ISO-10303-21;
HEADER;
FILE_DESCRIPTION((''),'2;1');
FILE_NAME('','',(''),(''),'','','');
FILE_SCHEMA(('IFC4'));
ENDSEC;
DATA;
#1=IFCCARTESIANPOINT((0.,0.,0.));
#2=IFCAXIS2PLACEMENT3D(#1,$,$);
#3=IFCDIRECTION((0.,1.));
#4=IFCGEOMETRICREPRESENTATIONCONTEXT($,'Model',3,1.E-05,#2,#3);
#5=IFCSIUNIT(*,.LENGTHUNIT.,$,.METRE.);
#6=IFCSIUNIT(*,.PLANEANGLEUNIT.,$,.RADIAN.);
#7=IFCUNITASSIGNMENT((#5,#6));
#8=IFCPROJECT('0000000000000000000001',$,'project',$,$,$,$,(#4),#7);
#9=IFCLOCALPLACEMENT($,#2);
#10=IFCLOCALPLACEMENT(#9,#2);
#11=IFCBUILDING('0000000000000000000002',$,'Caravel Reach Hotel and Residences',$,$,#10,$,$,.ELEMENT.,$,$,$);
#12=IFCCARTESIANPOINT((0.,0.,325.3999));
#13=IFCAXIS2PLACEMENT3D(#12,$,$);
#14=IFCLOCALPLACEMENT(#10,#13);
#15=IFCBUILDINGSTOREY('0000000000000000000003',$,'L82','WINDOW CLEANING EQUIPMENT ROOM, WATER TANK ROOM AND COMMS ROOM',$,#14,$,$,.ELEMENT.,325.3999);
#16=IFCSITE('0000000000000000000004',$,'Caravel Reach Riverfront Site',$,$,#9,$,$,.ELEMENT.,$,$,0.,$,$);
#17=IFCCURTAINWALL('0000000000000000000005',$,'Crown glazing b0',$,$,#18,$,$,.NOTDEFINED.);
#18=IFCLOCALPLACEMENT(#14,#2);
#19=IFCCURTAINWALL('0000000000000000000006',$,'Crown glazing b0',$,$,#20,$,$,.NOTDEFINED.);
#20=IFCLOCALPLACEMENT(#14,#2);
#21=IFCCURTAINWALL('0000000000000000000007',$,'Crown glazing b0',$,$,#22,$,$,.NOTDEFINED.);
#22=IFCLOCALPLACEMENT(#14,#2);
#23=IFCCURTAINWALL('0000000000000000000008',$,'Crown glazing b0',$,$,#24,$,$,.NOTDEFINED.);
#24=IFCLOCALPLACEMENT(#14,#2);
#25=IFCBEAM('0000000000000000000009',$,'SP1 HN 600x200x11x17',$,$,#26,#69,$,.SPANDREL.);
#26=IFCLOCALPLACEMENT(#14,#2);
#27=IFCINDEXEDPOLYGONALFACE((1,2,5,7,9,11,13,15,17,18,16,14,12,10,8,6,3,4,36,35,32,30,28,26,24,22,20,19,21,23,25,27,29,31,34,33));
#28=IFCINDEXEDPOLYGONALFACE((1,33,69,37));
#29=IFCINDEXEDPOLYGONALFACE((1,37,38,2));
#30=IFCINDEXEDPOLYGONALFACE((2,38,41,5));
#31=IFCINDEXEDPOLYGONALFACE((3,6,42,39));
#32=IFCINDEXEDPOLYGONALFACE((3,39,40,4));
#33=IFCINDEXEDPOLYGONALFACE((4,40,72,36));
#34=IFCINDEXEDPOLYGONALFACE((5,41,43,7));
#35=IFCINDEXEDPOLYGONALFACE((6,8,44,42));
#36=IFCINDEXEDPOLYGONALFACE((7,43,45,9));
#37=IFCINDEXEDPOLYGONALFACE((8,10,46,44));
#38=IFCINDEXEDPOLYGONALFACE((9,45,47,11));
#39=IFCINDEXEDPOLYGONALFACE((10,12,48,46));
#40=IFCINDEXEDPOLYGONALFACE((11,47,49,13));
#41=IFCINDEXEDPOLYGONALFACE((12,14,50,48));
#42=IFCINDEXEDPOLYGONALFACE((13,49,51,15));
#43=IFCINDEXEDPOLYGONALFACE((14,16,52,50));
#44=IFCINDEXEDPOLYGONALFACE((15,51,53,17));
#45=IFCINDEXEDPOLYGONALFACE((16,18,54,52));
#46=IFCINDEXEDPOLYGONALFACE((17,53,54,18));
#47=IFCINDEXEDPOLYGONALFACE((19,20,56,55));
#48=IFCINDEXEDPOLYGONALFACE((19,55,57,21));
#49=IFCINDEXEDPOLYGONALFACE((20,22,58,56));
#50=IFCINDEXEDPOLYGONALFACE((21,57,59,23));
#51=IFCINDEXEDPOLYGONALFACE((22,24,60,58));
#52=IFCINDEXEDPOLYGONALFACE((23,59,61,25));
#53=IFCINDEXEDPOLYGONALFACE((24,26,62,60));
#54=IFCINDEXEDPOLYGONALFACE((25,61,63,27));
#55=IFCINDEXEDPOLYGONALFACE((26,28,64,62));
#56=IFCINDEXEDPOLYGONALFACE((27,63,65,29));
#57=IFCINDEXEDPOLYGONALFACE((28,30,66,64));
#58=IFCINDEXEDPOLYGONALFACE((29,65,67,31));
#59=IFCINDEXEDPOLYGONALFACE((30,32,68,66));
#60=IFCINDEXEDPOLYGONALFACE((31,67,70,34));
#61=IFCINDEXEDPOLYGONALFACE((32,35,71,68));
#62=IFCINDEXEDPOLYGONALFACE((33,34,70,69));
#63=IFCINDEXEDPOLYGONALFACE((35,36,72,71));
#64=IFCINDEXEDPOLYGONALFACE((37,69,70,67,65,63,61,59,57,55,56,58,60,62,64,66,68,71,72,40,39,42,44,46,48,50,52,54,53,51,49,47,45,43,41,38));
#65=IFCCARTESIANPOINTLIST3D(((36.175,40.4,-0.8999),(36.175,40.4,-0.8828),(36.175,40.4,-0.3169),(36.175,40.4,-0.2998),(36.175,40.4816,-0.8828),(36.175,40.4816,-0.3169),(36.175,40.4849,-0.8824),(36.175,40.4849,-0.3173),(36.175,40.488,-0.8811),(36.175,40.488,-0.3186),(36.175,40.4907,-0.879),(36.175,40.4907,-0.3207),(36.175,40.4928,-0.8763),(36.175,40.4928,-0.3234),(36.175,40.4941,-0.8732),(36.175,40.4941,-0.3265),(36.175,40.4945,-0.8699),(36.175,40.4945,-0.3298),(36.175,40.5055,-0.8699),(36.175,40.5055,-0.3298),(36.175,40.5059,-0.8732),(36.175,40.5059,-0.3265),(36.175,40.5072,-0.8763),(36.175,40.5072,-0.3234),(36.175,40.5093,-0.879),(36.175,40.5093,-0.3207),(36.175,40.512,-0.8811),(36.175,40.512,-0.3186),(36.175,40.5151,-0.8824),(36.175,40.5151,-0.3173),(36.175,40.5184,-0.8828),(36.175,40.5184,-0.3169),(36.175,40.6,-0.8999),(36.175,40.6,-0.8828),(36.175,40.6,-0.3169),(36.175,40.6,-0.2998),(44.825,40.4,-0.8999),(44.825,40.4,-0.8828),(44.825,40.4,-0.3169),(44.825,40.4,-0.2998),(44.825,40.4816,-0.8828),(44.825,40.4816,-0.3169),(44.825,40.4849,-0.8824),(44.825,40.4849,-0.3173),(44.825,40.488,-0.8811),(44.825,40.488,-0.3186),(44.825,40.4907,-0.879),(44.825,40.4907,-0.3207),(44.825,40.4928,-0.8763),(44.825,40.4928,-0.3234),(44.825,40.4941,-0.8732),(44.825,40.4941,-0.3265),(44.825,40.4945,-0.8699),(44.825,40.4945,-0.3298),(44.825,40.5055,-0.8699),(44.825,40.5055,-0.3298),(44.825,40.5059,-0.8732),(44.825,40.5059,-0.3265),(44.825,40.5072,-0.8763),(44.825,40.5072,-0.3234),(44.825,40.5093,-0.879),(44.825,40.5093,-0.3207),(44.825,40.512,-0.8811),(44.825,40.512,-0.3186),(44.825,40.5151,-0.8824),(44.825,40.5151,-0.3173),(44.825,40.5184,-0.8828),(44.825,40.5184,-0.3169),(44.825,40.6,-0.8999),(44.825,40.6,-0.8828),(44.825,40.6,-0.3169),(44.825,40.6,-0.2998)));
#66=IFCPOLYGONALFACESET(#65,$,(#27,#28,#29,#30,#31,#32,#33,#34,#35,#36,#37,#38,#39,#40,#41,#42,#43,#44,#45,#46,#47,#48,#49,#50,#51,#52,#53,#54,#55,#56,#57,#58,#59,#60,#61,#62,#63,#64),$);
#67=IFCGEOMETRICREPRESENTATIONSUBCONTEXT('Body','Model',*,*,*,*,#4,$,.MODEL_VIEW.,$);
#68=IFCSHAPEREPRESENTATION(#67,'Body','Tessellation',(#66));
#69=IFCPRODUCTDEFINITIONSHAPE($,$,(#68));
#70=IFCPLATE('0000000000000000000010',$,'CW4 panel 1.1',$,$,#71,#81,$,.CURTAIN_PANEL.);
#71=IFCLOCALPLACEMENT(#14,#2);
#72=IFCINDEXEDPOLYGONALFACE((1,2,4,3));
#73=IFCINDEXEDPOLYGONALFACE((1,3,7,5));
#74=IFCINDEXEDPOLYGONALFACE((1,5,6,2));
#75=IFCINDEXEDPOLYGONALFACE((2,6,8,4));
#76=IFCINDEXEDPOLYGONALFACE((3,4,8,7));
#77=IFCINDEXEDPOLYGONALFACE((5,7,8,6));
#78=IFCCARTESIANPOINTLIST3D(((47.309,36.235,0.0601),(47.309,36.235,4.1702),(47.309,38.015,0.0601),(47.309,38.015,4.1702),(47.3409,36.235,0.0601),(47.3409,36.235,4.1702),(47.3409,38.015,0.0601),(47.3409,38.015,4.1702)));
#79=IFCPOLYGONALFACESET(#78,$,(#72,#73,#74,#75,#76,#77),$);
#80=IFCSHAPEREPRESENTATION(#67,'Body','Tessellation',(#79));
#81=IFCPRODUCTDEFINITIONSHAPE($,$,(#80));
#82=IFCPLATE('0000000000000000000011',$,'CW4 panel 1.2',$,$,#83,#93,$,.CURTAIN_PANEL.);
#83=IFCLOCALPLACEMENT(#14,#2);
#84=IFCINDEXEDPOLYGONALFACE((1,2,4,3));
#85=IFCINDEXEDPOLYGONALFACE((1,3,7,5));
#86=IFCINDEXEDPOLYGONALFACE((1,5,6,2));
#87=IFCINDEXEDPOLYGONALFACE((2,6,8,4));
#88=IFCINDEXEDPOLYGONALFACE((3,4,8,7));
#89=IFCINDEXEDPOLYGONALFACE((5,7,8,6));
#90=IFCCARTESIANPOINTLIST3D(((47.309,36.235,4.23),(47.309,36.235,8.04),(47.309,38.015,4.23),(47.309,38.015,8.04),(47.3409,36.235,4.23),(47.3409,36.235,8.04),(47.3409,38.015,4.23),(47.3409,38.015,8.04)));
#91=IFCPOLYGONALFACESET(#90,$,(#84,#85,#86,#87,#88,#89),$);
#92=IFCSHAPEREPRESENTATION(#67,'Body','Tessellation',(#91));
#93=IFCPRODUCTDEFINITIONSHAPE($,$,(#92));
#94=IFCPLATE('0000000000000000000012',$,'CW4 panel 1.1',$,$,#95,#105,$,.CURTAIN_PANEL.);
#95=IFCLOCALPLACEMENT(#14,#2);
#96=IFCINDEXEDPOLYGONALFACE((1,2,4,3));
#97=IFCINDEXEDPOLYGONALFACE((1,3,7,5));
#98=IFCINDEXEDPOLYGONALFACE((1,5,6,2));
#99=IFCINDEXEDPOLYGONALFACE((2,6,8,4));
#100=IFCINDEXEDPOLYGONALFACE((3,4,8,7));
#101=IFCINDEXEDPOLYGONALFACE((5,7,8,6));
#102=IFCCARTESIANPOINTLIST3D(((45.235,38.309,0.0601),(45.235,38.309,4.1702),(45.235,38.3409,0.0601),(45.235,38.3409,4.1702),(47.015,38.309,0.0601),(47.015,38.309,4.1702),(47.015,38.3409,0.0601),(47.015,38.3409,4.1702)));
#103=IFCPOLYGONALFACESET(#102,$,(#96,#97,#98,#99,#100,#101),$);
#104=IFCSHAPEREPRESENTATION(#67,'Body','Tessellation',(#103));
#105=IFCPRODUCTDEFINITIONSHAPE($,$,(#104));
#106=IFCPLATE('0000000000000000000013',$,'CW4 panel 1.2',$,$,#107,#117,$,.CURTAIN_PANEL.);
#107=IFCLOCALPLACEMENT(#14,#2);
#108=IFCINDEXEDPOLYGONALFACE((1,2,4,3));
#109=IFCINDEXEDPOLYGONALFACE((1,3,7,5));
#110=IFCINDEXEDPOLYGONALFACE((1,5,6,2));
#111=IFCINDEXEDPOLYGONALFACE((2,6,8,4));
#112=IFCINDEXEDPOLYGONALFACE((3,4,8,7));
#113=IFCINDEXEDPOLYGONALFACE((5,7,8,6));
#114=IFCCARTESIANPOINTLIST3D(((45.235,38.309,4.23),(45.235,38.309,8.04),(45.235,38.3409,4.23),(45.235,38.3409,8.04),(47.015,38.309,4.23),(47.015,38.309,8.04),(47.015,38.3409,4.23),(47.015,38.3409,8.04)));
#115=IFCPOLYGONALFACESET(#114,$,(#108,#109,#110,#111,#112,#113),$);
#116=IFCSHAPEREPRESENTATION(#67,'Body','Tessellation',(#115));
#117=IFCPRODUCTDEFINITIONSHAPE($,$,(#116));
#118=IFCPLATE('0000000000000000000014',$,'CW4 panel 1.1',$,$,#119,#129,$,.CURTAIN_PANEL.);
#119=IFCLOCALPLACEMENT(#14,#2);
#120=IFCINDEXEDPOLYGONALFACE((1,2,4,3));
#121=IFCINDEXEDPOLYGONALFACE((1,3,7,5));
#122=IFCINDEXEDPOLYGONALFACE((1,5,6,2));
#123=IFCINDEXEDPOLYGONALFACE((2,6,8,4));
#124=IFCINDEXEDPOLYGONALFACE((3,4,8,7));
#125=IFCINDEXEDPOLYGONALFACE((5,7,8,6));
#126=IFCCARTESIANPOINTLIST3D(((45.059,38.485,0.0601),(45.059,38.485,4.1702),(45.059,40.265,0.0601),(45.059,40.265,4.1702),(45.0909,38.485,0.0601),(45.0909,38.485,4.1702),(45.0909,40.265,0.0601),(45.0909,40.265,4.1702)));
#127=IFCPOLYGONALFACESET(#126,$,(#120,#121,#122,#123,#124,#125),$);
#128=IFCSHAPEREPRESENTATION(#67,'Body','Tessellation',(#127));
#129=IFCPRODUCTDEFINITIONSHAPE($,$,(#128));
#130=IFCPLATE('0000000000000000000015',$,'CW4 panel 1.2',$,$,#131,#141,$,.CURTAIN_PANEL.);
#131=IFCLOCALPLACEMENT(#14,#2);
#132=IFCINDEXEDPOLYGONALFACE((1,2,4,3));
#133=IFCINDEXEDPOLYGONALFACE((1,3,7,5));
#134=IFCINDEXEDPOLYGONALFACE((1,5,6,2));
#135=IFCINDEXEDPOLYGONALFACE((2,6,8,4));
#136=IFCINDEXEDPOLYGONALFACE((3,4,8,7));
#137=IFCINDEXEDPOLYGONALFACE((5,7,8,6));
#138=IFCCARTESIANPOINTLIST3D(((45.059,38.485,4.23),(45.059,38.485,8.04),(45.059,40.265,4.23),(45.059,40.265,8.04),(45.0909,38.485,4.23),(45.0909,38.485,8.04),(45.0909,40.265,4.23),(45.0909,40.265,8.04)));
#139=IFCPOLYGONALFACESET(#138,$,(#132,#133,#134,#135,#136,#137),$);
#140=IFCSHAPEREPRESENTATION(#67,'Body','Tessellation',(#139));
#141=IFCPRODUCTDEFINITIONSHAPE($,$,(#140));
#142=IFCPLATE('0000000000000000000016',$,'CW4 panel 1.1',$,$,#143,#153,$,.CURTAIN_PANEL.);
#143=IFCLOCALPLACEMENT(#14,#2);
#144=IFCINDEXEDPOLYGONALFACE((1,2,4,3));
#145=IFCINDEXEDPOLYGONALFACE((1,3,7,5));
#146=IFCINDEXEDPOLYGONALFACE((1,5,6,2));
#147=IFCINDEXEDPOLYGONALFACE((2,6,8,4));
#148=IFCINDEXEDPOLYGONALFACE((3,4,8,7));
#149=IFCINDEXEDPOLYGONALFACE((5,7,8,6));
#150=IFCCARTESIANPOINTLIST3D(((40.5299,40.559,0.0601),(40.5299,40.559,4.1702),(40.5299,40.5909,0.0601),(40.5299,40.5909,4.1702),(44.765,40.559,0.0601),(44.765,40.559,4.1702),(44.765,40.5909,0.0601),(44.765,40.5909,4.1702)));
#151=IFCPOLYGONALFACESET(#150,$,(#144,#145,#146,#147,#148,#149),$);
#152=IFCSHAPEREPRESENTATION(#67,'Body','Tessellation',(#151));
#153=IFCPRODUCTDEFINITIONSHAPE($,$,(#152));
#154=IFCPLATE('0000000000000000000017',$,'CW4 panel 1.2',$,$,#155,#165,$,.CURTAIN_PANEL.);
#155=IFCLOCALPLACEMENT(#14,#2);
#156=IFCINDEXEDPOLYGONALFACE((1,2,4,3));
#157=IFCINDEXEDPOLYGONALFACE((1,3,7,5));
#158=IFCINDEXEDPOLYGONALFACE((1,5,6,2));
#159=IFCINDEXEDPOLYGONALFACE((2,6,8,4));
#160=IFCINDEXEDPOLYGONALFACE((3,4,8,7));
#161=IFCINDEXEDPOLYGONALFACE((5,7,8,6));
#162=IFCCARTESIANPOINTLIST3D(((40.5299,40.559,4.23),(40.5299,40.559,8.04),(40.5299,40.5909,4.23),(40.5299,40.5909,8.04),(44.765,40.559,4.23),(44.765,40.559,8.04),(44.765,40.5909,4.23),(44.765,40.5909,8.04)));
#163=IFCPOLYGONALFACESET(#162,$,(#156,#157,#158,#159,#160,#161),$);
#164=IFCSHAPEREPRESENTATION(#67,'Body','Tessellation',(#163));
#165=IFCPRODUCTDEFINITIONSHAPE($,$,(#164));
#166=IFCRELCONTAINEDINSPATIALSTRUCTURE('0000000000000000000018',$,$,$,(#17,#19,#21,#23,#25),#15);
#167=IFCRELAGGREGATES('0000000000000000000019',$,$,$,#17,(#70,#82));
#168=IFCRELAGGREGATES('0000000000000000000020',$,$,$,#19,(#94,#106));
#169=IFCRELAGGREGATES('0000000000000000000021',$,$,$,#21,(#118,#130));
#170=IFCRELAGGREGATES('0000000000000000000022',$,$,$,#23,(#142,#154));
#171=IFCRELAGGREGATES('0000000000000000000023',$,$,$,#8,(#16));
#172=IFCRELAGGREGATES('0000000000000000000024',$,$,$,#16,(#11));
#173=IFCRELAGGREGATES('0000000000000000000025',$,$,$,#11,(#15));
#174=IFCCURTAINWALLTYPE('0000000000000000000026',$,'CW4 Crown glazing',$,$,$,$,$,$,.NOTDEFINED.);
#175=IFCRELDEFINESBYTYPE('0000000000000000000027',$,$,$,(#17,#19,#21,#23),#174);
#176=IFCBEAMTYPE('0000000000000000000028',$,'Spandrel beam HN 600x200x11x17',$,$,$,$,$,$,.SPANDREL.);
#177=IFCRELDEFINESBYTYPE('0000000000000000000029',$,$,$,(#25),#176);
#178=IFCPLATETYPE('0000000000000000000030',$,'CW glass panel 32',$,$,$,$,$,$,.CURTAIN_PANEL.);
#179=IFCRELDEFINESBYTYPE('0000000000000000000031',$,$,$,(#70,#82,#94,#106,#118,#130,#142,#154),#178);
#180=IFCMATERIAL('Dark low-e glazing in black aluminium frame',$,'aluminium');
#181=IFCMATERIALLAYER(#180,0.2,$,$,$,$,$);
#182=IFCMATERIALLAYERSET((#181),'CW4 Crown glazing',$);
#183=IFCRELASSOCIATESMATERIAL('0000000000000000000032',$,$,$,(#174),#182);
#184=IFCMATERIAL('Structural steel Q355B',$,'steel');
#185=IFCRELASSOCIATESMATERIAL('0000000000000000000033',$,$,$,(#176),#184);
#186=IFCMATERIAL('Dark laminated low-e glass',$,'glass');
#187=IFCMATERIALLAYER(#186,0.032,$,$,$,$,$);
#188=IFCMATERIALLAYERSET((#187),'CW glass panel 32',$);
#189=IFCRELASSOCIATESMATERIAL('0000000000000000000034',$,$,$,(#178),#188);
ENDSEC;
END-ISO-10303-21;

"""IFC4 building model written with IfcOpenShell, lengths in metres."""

from ifc_helpers import new_model, si_unit, direction, frame, origin, origin_2d, place, context, subcontext, project, spatial, rectangle, i_section, extrude, material, layer, layer_set, material_profile, profile_set, type_object, element, aggregate, save


model = new_model("IFC4")

# Units and contexts
model_context = context("Model", 3, precision=1e-05, world=origin(), true_north=direction((0.0, 1.0)))
body_context = subcontext(model_context, "Body", "Model", "MODEL_VIEW")
ifc_project = project(units=[si_unit("LENGTHUNIT", "METRE"), si_unit("PLANEANGLEUNIT", "RADIAN")], contexts=[model_context])

# Site, building, storey
site_placement = place(None, origin())
site = spatial("IfcSite", under=ifc_project, at=site_placement, Name="Caravel Reach Riverfront Site", CompositionType="ELEMENT", RefElevation=0.0)
building_placement = place(site_placement, origin())
building = spatial("IfcBuilding", under=site, at=building_placement, Name="Caravel Reach Hotel and Residences", CompositionType="ELEMENT")
storey_placement = place(building_placement, frame((0.0, 0.0, 325.3999)))
storey = spatial("IfcBuildingStorey", under=building, at=storey_placement, Name="L82", Description="WINDOW CLEANING EQUIPMENT ROOM, WATER TANK ROOM AND COMMS ROOM", CompositionType="ELEMENT", Elevation=325.3999)

# Shared definitions
ifc_material_1 = material(Name="Dark low-e glazing in black aluminium frame", Category="aluminium")
ifc_layer_1 = layer(ifc_material_1, 0.2)
ifc_layer_set_1 = layer_set([ifc_layer_1], Name="CW4 Crown glazing")
curtain_wall_type = type_object("IfcCurtainWallType", Name="CW4 Crown glazing", PredefinedType="NOTDEFINED", material=ifc_layer_set_1)

# Curtain walls
curtain_wall_1_placement = place(storey_placement, origin())
curtain_wall_1 = element("IfcCurtainWall", 1, at=curtain_wall_1_placement, inside=storey, type_object=curtain_wall_type, Name="Crown glazing b0", PredefinedType="NOTDEFINED")
curtain_wall_2_placement = place(storey_placement, origin())
curtain_wall_2 = element("IfcCurtainWall", 2, at=curtain_wall_2_placement, inside=storey, type_object=curtain_wall_type, Name="Crown glazing b0", PredefinedType="NOTDEFINED")
curtain_wall_3_placement = place(storey_placement, origin())
curtain_wall_3 = element("IfcCurtainWall", 3, at=curtain_wall_3_placement, inside=storey, type_object=curtain_wall_type, Name="Crown glazing b0", PredefinedType="NOTDEFINED")

# Curtain wall
curtain_wall_4_placement = place(storey_placement, origin())
curtain_wall_4 = element("IfcCurtainWall", 4, at=curtain_wall_4_placement, inside=storey, type_object=curtain_wall_type, Name="Crown glazing b0", PredefinedType="NOTDEFINED")

# Beam
ifc_material_2 = material(Name="Structural steel Q355B", Category="steel")
ifc_material_profile_1 = material_profile(ifc_material_2, i_section(OverallWidth=0.2, OverallDepth=0.6001, WebThickness=0.011, FlangeThickness=0.0171, FilletRadius=0.0129, at=origin_2d()), Name="HN 600x200x11x17")
ifc_profile_set_1 = profile_set([ifc_material_profile_1], Name="Structural steel Q355B")
beam_type = type_object("IfcBeamType", Name="Spandrel beam HN 600x200x11x17", PredefinedType="SPANDREL", material=ifc_profile_set_1)
beam_placement = place(storey_placement, frame((44.825, 40.5, -0.5999), z_axis=(-1.0, 0.0, 0.0), x_axis=(0.0, -1.0, 0.0)))
element("IfcBeam", 5, at=beam_placement, inside=storey, type_object=beam_type, Name="SP1 HN 600x200x11x17", PredefinedType="SPANDREL", context=body_context, shape_type="SweptSolid", body=[
    extrude(i_section(OverallWidth=0.2, OverallDepth=0.6001, WebThickness=0.011, FlangeThickness=0.0171, FilletRadius=0.0129, at=origin_2d()), origin(), (0.0, 0.0, 1.0), 8.6499),
])

# Plates
ifc_material_3 = material(Name="Dark laminated low-e glass", Category="glass")
ifc_layer_2 = layer(ifc_material_3, 0.032)
ifc_layer_set_2 = layer_set([ifc_layer_2], Name="CW glass panel 32")
plate_type = type_object("IfcPlateType", Name="CW glass panel 32", PredefinedType="CURTAIN_PANEL", material=ifc_layer_set_2)
plate_1_placement = place(storey_placement, frame((47.325, 37.125, 0.0601), z_axis=(0.0, 0.0, 1.0), x_axis=(0.0, 1.0, 0.0)))
plate_1 = element("IfcPlate", 6, at=plate_1_placement, type_object=plate_type, Name="CW4 panel 1.1", PredefinedType="CURTAIN_PANEL", context=body_context, shape_type="SweptSolid", body=[
    extrude(rectangle(XDim=1.78, YDim=0.032, at=origin_2d()), origin(), (0.0, 0.0, 1.0), 4.1101),
])
plate_2_placement = place(storey_placement, frame((47.325, 37.125, 4.23), z_axis=(0.0, 0.0, 1.0), x_axis=(0.0, 1.0, 0.0)))
plate_2 = element("IfcPlate", 7, at=plate_2_placement, type_object=plate_type, Name="CW4 panel 1.2", PredefinedType="CURTAIN_PANEL", context=body_context, shape_type="SweptSolid", body=[
    extrude(rectangle(XDim=1.78, YDim=0.032, at=origin_2d()), origin(), (0.0, 0.0, 1.0), 3.8101),
])
aggregate(curtain_wall_1, [plate_1, plate_2])
plate_3_placement = place(storey_placement, frame((46.125, 38.325, 0.0601), z_axis=(0.0, 0.0, 1.0), x_axis=(-1.0, 0.0, 0.0)))
plate_3 = element("IfcPlate", 8, at=plate_3_placement, type_object=plate_type, Name="CW4 panel 1.1", PredefinedType="CURTAIN_PANEL", context=body_context, shape_type="SweptSolid", body=[
    extrude(rectangle(XDim=1.78, YDim=0.032, at=origin_2d()), origin(), (0.0, 0.0, 1.0), 4.1101),
])
plate_4_placement = place(storey_placement, frame((46.125, 38.325, 4.23), z_axis=(0.0, 0.0, 1.0), x_axis=(-1.0, 0.0, 0.0)))
plate_4 = element("IfcPlate", 9, at=plate_4_placement, type_object=plate_type, Name="CW4 panel 1.2", PredefinedType="CURTAIN_PANEL", context=body_context, shape_type="SweptSolid", body=[
    extrude(rectangle(XDim=1.78, YDim=0.032, at=origin_2d()), origin(), (0.0, 0.0, 1.0), 3.8101),
])
aggregate(curtain_wall_2, [plate_3, plate_4])
plate_5_placement = place(storey_placement, frame((45.075, 39.375, 0.0601), z_axis=(0.0, 0.0, 1.0), x_axis=(0.0, 1.0, 0.0)))
plate_5 = element("IfcPlate", 10, at=plate_5_placement, type_object=plate_type, Name="CW4 panel 1.1", PredefinedType="CURTAIN_PANEL", context=body_context, shape_type="SweptSolid", body=[
    extrude(rectangle(XDim=1.78, YDim=0.032, at=origin_2d()), origin(), (0.0, 0.0, 1.0), 4.1101),
])
plate_6_placement = place(storey_placement, frame((45.075, 39.375, 4.23), z_axis=(0.0, 0.0, 1.0), x_axis=(0.0, 1.0, 0.0)))
plate_6 = element("IfcPlate", 11, at=plate_6_placement, type_object=plate_type, Name="CW4 panel 1.2", PredefinedType="CURTAIN_PANEL", context=body_context, shape_type="SweptSolid", body=[
    extrude(rectangle(XDim=1.78, YDim=0.032, at=origin_2d()), origin(), (0.0, 0.0, 1.0), 3.8101),
])
aggregate(curtain_wall_3, [plate_5, plate_6])
plate_7_placement = place(storey_placement, frame((42.6475, 40.575, 0.0601), z_axis=(0.0, 0.0, 1.0), x_axis=(-1.0, 0.0, 0.0)))
plate_7 = element("IfcPlate", 12, at=plate_7_placement, type_object=plate_type, Name="CW4 panel 1.1", PredefinedType="CURTAIN_PANEL", context=body_context, shape_type="SweptSolid", body=[
    extrude(rectangle(XDim=4.2351, YDim=0.032, at=origin_2d()), origin(), (0.0, 0.0, 1.0), 4.1101),
])
plate_8_placement = place(storey_placement, frame((42.6475, 40.575, 4.23), z_axis=(0.0, 0.0, 1.0), x_axis=(-1.0, 0.0, 0.0)))
plate_8 = element("IfcPlate", 13, at=plate_8_placement, type_object=plate_type, Name="CW4 panel 1.2", PredefinedType="CURTAIN_PANEL", context=body_context, shape_type="SweptSolid", body=[
    extrude(rectangle(XDim=4.2351, YDim=0.032, at=origin_2d()), origin(), (0.0, 0.0, 1.0), 3.8101),
])
aggregate(curtain_wall_4, [plate_7, plate_8])

save(model, "model.ifc")
